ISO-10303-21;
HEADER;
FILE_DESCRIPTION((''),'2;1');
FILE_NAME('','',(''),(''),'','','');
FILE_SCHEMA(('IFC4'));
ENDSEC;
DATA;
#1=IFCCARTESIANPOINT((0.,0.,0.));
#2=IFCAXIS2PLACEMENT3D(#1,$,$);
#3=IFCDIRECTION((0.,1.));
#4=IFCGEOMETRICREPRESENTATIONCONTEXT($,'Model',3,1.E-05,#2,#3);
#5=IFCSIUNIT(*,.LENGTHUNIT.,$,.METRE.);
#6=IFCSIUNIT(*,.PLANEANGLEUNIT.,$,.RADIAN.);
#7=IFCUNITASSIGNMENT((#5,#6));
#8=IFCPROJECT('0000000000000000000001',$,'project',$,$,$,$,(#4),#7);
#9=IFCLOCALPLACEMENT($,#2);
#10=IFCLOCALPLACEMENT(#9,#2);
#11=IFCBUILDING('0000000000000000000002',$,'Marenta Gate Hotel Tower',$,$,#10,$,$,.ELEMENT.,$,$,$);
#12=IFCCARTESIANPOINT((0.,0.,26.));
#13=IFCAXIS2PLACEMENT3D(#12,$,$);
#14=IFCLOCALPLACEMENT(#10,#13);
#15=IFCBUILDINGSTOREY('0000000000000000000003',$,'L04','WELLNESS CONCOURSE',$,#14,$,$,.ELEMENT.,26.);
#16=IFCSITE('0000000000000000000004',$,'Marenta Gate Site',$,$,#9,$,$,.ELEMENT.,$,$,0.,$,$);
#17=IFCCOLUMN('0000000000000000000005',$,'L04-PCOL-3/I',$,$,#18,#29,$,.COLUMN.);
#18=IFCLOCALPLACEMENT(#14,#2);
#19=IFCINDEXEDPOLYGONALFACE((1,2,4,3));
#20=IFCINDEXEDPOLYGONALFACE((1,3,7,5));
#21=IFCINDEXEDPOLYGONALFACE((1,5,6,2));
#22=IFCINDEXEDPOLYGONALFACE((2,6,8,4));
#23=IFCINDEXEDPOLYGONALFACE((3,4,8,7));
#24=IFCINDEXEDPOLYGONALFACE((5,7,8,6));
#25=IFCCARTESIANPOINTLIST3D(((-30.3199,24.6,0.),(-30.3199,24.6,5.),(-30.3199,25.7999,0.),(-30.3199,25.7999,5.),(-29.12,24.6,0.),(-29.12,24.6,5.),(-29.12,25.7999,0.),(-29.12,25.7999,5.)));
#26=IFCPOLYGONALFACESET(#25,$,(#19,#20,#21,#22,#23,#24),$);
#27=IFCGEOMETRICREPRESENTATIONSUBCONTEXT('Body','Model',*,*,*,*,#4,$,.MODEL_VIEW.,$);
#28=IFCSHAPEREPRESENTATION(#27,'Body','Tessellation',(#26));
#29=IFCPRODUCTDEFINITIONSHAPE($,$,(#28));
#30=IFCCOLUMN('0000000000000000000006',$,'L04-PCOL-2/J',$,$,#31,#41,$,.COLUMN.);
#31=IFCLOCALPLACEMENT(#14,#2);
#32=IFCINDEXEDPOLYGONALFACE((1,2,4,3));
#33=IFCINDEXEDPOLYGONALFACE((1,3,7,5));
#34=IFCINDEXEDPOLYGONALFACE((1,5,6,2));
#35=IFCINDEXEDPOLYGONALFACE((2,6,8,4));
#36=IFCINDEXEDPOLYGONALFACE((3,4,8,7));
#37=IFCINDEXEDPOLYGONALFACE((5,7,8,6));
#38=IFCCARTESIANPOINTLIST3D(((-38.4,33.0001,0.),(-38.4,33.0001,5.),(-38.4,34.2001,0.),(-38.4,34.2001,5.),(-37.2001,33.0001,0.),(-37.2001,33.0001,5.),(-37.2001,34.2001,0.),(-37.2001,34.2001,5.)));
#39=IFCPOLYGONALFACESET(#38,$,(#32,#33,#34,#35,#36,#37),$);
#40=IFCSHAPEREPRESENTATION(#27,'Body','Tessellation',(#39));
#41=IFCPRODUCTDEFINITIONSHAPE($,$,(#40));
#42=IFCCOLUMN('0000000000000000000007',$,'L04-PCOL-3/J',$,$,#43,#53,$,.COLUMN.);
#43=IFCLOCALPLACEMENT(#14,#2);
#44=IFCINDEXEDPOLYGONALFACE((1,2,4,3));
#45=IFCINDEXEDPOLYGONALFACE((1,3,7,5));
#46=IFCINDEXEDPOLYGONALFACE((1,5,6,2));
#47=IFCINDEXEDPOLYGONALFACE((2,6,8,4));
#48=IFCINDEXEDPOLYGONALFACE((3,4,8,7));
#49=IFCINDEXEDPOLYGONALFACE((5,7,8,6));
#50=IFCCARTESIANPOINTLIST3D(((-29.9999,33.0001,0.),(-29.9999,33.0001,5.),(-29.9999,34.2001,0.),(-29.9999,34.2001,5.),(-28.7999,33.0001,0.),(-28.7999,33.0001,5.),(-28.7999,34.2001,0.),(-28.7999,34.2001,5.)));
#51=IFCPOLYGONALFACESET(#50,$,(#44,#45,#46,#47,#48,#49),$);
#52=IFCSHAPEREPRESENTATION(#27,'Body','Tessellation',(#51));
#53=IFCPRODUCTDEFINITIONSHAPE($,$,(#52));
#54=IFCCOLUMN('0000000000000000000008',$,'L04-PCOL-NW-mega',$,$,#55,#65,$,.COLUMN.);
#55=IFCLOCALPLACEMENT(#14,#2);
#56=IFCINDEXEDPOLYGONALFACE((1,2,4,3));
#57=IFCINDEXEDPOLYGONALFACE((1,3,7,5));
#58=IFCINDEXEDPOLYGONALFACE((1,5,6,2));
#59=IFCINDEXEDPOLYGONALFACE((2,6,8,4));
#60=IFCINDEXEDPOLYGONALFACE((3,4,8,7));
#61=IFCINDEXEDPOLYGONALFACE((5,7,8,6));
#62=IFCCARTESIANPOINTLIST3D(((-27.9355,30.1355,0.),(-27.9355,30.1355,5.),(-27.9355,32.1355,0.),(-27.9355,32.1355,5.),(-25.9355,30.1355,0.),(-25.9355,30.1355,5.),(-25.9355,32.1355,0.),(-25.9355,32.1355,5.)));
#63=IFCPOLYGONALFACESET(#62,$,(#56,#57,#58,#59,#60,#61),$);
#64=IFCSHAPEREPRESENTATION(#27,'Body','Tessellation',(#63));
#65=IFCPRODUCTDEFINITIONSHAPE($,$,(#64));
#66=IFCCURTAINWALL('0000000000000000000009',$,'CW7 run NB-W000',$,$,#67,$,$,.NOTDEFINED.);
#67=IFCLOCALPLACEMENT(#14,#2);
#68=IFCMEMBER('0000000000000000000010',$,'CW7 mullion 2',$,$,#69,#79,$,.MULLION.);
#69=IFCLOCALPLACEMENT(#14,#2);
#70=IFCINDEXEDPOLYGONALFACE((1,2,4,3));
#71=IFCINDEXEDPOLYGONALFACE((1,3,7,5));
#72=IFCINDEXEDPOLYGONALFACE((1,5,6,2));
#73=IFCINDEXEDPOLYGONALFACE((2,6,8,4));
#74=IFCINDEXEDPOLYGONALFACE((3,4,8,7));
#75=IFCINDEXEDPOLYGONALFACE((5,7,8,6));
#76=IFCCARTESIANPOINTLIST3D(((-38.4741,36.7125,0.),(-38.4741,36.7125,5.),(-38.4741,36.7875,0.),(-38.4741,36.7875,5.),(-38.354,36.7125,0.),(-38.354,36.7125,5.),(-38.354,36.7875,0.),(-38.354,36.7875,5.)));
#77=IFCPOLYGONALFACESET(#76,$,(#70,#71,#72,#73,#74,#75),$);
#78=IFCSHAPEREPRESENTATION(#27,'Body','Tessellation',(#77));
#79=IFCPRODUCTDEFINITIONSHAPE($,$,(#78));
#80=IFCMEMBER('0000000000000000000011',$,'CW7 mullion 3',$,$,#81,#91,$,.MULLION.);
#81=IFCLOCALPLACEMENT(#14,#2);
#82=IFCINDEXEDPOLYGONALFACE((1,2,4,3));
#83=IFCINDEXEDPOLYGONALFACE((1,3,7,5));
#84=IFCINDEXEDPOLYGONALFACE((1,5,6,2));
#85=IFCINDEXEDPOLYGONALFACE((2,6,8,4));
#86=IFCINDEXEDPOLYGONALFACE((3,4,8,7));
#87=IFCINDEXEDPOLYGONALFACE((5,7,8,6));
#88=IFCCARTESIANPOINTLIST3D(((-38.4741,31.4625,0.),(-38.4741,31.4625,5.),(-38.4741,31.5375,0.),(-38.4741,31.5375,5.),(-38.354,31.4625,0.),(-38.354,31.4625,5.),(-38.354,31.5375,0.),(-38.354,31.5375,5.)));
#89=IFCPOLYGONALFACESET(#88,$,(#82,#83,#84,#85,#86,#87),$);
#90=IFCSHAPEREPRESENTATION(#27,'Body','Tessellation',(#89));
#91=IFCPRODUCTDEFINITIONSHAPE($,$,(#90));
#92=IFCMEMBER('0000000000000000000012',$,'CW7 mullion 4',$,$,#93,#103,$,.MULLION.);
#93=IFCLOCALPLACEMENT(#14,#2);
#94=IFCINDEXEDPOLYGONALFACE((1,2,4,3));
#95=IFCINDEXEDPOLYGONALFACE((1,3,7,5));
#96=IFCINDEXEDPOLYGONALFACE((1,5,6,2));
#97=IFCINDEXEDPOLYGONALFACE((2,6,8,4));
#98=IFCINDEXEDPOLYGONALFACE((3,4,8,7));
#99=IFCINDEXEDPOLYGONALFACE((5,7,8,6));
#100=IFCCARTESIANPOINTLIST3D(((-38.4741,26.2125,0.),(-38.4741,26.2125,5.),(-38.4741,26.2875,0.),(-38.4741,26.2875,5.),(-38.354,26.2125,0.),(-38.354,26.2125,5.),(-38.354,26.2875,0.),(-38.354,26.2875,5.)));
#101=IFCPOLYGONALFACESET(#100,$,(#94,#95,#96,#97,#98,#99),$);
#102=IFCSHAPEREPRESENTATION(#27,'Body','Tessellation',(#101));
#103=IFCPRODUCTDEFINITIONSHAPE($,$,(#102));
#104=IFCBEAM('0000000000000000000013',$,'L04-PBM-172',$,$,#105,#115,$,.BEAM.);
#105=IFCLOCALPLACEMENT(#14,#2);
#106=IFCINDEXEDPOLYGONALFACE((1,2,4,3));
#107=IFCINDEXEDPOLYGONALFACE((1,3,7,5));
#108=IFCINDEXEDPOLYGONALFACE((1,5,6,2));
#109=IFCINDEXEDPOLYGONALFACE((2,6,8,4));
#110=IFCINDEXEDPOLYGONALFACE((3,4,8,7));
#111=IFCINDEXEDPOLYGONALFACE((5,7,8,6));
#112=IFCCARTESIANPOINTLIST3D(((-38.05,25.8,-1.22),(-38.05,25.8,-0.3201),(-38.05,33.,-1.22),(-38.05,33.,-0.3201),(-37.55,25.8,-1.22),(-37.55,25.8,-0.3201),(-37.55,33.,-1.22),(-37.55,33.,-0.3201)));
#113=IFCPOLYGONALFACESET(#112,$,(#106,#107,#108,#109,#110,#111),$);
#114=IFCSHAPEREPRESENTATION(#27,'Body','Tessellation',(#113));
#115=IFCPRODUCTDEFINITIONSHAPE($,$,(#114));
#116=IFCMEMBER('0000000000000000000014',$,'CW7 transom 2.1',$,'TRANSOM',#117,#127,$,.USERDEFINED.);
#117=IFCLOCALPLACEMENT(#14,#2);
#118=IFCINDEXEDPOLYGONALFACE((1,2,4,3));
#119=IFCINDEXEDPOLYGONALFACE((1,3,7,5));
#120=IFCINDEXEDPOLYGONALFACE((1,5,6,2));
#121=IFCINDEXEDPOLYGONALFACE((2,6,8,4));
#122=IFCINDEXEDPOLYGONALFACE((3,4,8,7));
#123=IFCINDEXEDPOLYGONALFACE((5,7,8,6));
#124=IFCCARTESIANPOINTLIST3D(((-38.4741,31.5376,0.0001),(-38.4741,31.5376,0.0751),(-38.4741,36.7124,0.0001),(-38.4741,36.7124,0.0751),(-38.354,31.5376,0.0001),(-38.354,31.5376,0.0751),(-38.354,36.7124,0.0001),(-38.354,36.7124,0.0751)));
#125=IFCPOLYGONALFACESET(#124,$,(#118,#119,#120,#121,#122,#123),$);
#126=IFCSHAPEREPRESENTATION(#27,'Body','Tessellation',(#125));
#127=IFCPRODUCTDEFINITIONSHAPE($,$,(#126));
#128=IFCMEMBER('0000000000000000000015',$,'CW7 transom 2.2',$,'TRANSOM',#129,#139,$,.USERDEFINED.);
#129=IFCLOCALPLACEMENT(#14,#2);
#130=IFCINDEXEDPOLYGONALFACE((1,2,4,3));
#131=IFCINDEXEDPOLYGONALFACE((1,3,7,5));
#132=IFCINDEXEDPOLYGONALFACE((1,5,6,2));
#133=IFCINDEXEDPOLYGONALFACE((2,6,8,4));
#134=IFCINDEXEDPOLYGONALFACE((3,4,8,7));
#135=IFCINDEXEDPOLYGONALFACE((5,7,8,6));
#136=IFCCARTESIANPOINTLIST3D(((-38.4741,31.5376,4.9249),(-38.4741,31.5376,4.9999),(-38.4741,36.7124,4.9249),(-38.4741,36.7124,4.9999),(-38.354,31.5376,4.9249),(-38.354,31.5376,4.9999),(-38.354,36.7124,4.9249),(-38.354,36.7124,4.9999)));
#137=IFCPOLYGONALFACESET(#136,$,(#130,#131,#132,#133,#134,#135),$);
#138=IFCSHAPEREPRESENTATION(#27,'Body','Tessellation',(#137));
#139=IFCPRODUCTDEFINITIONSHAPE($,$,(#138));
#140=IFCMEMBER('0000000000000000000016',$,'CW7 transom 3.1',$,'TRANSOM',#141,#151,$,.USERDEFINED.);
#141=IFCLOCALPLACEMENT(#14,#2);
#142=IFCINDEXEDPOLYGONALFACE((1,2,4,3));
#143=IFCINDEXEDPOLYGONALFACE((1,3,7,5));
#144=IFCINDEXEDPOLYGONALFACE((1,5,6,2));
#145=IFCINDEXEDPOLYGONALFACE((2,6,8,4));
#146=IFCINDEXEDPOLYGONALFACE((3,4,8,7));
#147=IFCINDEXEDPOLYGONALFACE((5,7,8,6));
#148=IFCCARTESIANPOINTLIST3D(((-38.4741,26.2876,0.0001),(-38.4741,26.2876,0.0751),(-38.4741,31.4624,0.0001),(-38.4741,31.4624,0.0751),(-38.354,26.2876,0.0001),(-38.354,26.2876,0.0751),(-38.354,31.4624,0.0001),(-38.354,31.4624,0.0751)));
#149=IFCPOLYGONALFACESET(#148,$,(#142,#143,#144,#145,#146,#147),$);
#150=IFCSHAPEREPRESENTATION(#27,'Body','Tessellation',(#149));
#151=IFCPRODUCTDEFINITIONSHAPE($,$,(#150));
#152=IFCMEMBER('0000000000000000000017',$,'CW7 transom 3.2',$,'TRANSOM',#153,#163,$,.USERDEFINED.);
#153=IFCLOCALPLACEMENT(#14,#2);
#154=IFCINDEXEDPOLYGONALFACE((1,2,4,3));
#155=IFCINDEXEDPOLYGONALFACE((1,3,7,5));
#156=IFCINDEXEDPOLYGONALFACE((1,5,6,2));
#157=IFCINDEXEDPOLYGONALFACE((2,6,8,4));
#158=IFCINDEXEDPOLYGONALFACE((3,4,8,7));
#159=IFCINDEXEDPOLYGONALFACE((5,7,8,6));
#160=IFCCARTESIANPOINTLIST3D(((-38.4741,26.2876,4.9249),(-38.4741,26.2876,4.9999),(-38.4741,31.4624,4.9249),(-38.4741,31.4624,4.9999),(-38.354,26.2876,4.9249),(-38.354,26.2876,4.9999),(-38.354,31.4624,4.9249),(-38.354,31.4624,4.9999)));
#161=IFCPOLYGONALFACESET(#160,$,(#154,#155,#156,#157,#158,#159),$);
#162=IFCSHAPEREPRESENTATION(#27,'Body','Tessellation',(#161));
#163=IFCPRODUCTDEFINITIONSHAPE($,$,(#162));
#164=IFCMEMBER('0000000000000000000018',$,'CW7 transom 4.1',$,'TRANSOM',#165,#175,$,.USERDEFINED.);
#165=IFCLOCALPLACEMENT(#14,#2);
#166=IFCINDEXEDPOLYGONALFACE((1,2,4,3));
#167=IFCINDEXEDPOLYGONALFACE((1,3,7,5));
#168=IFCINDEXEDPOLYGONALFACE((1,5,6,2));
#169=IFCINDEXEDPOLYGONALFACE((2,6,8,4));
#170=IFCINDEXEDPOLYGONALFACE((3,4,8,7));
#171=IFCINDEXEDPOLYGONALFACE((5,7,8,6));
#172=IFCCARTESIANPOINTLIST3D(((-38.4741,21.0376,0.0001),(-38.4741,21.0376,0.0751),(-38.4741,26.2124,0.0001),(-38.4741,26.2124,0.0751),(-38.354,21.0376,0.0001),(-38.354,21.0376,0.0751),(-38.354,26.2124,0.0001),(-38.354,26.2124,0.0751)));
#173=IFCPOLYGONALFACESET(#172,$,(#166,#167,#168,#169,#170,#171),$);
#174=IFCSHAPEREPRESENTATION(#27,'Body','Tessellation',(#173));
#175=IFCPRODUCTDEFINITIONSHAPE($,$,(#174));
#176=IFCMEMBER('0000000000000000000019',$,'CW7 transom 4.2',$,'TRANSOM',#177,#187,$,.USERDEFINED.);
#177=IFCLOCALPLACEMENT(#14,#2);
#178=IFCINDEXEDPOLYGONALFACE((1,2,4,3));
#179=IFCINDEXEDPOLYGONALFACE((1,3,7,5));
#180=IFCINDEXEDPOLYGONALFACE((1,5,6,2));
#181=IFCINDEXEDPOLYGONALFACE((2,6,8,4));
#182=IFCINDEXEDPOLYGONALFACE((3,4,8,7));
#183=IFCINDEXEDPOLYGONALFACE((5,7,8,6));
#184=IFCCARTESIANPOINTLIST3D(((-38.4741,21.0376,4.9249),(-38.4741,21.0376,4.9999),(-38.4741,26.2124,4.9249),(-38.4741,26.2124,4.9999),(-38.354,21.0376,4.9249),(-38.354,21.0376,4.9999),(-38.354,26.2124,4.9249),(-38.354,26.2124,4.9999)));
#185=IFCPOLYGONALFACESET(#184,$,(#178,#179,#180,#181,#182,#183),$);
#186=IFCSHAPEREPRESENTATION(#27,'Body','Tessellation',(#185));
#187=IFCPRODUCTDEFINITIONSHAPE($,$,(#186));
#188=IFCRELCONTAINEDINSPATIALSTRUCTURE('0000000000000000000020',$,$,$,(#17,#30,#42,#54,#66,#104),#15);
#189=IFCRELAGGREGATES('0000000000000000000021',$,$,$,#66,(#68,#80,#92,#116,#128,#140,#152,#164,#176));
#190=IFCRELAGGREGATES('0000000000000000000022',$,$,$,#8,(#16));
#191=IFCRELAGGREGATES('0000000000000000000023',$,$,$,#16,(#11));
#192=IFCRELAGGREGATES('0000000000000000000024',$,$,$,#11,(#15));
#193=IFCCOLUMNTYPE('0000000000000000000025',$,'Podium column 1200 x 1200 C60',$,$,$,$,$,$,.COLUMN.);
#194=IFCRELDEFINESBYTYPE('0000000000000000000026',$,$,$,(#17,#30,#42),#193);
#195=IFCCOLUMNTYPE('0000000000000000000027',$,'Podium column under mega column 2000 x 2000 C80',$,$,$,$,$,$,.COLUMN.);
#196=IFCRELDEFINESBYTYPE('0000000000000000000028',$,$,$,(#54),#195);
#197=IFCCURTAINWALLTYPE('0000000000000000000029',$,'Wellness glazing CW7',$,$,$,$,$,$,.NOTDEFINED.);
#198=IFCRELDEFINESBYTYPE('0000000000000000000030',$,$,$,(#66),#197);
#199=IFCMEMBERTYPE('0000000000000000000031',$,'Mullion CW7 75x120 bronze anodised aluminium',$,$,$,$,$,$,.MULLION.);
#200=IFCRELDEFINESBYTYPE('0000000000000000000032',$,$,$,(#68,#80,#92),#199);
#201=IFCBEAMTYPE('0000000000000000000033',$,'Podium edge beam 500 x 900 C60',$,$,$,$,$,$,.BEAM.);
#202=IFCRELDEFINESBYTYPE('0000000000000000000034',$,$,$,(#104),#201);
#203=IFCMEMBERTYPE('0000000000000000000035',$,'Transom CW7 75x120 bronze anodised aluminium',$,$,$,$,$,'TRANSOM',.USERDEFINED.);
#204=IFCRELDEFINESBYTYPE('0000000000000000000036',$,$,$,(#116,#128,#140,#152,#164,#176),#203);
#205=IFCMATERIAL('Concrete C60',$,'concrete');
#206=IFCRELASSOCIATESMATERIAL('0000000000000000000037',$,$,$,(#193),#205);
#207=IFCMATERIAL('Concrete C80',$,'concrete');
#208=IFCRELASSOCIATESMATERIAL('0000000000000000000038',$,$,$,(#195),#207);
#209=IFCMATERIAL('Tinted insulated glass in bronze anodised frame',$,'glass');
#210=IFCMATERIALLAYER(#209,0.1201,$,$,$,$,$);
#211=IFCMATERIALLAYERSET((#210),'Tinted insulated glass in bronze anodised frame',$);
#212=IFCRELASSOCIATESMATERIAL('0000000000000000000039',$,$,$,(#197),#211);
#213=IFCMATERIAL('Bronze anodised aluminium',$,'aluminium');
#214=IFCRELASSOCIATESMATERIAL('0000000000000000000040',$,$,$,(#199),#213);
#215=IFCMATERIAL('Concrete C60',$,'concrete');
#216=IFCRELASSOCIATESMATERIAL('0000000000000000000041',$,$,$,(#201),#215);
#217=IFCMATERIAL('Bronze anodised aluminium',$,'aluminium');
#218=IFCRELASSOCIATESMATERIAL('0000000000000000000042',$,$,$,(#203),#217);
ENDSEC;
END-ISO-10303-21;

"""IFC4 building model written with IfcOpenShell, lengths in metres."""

from ifc_helpers import new_model, si_unit, direction, frame, origin, origin_2d, place, context, subcontext, project, spatial, rectangle, extrude, material, layer, layer_set, material_profile, profile_set, type_object, element, aggregate, save


model = new_model("IFC4")

# Units and contexts
model_context = context("Model", 3, precision=1e-05, world=origin(), true_north=direction((0.0, 1.0)))
body_context = subcontext(model_context, "Body", "Model", "MODEL_VIEW")
ifc_project = project(units=[si_unit("LENGTHUNIT", "METRE"), si_unit("PLANEANGLEUNIT", "RADIAN")], contexts=[model_context])

# Site, building, storey
site_placement = place(None, origin())
site = spatial("IfcSite", under=ifc_project, at=site_placement, Name="Marenta Gate Site", CompositionType="ELEMENT", RefElevation=0.0)
building_placement = place(site_placement, origin())
building = spatial("IfcBuilding", under=site, at=building_placement, Name="Marenta Gate Hotel Tower", CompositionType="ELEMENT")
storey_placement = place(building_placement, frame((0.0, 0.0, 26.0)))
storey = spatial("IfcBuildingStorey", under=building, at=storey_placement, Name="L04", Description="WELLNESS CONCOURSE", CompositionType="ELEMENT", Elevation=26.0)

# Columns
ifc_material_1 = material(Name="Concrete C60", Category="concrete")
ifc_material_profile_1 = material_profile(ifc_material_1, rectangle(XDim=1.2, YDim=1.2, at=origin_2d()), Name="1200 x 1200")
ifc_profile_set_1 = profile_set([ifc_material_profile_1], Name="Concrete C60")
column_type_1 = type_object("IfcColumnType", Name="Podium column 1200 x 1200 C60", PredefinedType="COLUMN", material=ifc_profile_set_1)
for number, where, z_axis, x_axis, name in (
    (1, (-29.72, 25.2, 0.0), (0.0, 0.0, 1.0), (1.0, 0.0, 0.0), "L04-PCOL-3/I"),
    (2, (-37.8, 33.6001, 0.0), (0.0, 0.0, 1.0), (1.0, 0.0, 0.0), "L04-PCOL-2/J"),
    (3, (-29.3999, 33.6001, 0.0), (0.0, 0.0, 1.0), (1.0, 0.0, 0.0), "L04-PCOL-3/J"),
):
    element("IfcColumn", number, at=place(storey_placement, frame(where, z_axis=z_axis, x_axis=x_axis)), inside=storey, type_object=column_type_1, Name=name, PredefinedType="COLUMN", context=body_context, shape_type="SweptSolid", body=[
        extrude(rectangle(XDim=1.2, YDim=1.2, at=origin_2d()), origin(), (0.0, 0.0, 1.0), 5.0),
    ])
ifc_material_2 = material(Name="Concrete C80", Category="concrete")
ifc_material_profile_2 = material_profile(ifc_material_2, rectangle(XDim=2.0, YDim=2.0, at=origin_2d()), Name="2000 x 2000")
ifc_profile_set_2 = profile_set([ifc_material_profile_2], Name="Concrete C80")
column_type_2 = type_object("IfcColumnType", Name="Podium column under mega column 2000 x 2000 C80", PredefinedType="COLUMN", material=ifc_profile_set_2)
column_placement = place(storey_placement, frame((-26.9355, 31.1355, 0.0), z_axis=(0.0, 0.0, 1.0), x_axis=(1.0, 0.0, 0.0)))
element("IfcColumn", 4, at=column_placement, inside=storey, type_object=column_type_2, Name="L04-PCOL-NW-mega", PredefinedType="COLUMN", context=body_context, shape_type="SweptSolid", body=[
    extrude(rectangle(XDim=2.0, YDim=2.0, at=origin_2d()), origin(), (0.0, 0.0, 1.0), 5.0),
])

# Curtain wall, members
ifc_material_3 = material(Name="Tinted insulated glass in bronze anodised frame", Category="glass")
ifc_layer_1 = layer(ifc_material_3, 0.1201)
ifc_layer_set_1 = layer_set([ifc_layer_1], Name="Tinted insulated glass in bronze anodised frame")
curtain_wall_type = type_object("IfcCurtainWallType", Name="Wellness glazing CW7", PredefinedType="NOTDEFINED", material=ifc_layer_set_1)
curtain_wall_placement = place(storey_placement, origin())
curtain_wall = element("IfcCurtainWall", 5, at=curtain_wall_placement, inside=storey, type_object=curtain_wall_type, Name="CW7 run NB-W000", PredefinedType="NOTDEFINED")
ifc_material_4 = material(Name="Bronze anodised aluminium", Category="aluminium")
ifc_material_profile_3 = material_profile(ifc_material_4, rectangle(XDim=0.1201, YDim=0.075, at=origin_2d()), Name="Mullion CW7 75x120 bronze anodised aluminium")
ifc_profile_set_3 = profile_set([ifc_material_profile_3], Name="Bronze anodised aluminium")
member_type_1 = type_object("IfcMemberType", Name="Mullion CW7 75x120 bronze anodised aluminium", PredefinedType="MULLION", material=ifc_profile_set_3)
member_1_placement = place(storey_placement, frame((-38.4141, 36.75, 0.0), z_axis=(0.0, 0.0, 1.0), x_axis=(1.0, 0.0, 0.0)))
member_1 = element("IfcMember", 6, at=member_1_placement, type_object=member_type_1, Name="CW7 mullion 2", PredefinedType="MULLION", context=body_context, shape_type="SweptSolid", body=[
    extrude(rectangle(XDim=0.1201, YDim=0.075, at=origin_2d()), origin(), (0.0, 0.0, 1.0), 5.0),
])
member_2_placement = place(storey_placement, frame((-38.4141, 31.5, 0.0), z_axis=(0.0, 0.0, 1.0), x_axis=(1.0, 0.0, 0.0)))
member_2 = element("IfcMember", 7, at=member_2_placement, type_object=member_type_1, Name="CW7 mullion 3", PredefinedType="MULLION", context=body_context, shape_type="SweptSolid", body=[
    extrude(rectangle(XDim=0.1201, YDim=0.075, at=origin_2d()), origin(), (0.0, 0.0, 1.0), 5.0),
])
member_3_placement = place(storey_placement, frame((-38.4141, 26.25, 0.0), z_axis=(0.0, 0.0, 1.0), x_axis=(1.0, 0.0, 0.0)))
member_3 = element("IfcMember", 8, at=member_3_placement, type_object=member_type_1, Name="CW7 mullion 4", PredefinedType="MULLION", context=body_context, shape_type="SweptSolid", body=[
    extrude(rectangle(XDim=0.1201, YDim=0.075, at=origin_2d()), origin(), (0.0, 0.0, 1.0), 5.0),
])

# Beam
ifc_material_5 = material(Name="Concrete C60", Category="concrete")
ifc_material_profile_4 = material_profile(ifc_material_5, rectangle(XDim=0.5, YDim=0.8999, at=origin_2d()), Name="500 x 900")
ifc_profile_set_4 = profile_set([ifc_material_profile_4], Name="Concrete C60")
beam_type = type_object("IfcBeamType", Name="Podium edge beam 500 x 900 C60", PredefinedType="BEAM", material=ifc_profile_set_4)
beam_placement = place(storey_placement, frame((-37.8, 33.0, -0.77), z_axis=(0.0, -1.0, 0.0), x_axis=(1.0, 0.0, 0.0)))
element("IfcBeam", 9, at=beam_placement, inside=storey, type_object=beam_type, Name="L04-PBM-172", PredefinedType="BEAM", context=body_context, shape_type="SweptSolid", body=[
    extrude(rectangle(XDim=0.5, YDim=0.8999, at=origin_2d()), origin(), (0.0, 0.0, 1.0), 7.2),
])

# Members
ifc_material_6 = material(Name="Bronze anodised aluminium", Category="aluminium")
ifc_material_profile_5 = material_profile(ifc_material_6, rectangle(XDim=0.1201, YDim=0.075, at=origin_2d()), Name="Transom CW7 75x120 bronze anodised aluminium")
ifc_profile_set_5 = profile_set([ifc_material_profile_5], Name="Bronze anodised aluminium")
member_type_2 = type_object("IfcMemberType", Name="Transom CW7 75x120 bronze anodised aluminium", ElementType="TRANSOM", PredefinedType="USERDEFINED", material=ifc_profile_set_5)
member_4_placement = place(storey_placement, frame((-38.4141, 36.7124, 0.0376), z_axis=(0.0, -1.0, 0.0), x_axis=(1.0, 0.0, 0.0)))
member_4 = element("IfcMember", 10, at=member_4_placement, type_object=member_type_2, Name="CW7 transom 2.1", ObjectType="TRANSOM", PredefinedType="USERDEFINED", context=body_context, shape_type="SweptSolid", body=[
    extrude(rectangle(XDim=0.1201, YDim=0.075, at=origin_2d()), origin(), (0.0, 0.0, 1.0), 5.1748),
])
member_5_placement = place(storey_placement, frame((-38.4141, 36.7124, 4.9624), z_axis=(0.0, -1.0, 0.0), x_axis=(1.0, 0.0, 0.0)))
member_5 = element("IfcMember", 11, at=member_5_placement, type_object=member_type_2, Name="CW7 transom 2.2", ObjectType="TRANSOM", PredefinedType="USERDEFINED", context=body_context, shape_type="SweptSolid", body=[
    extrude(rectangle(XDim=0.1201, YDim=0.075, at=origin_2d()), origin(), (0.0, 0.0, 1.0), 5.1748),
])
member_6_placement = place(storey_placement, frame((-38.4141, 31.4624, 0.0376), z_axis=(0.0, -1.0, 0.0), x_axis=(1.0, 0.0, 0.0)))
member_6 = element("IfcMember", 12, at=member_6_placement, type_object=member_type_2, Name="CW7 transom 3.1", ObjectType="TRANSOM", PredefinedType="USERDEFINED", context=body_context, shape_type="SweptSolid", body=[
    extrude(rectangle(XDim=0.1201, YDim=0.075, at=origin_2d()), origin(), (0.0, 0.0, 1.0), 5.1748),
])
member_7_placement = place(storey_placement, frame((-38.4141, 31.4624, 4.9624), z_axis=(0.0, -1.0, 0.0), x_axis=(1.0, 0.0, 0.0)))
member_7 = element("IfcMember", 13, at=member_7_placement, type_object=member_type_2, Name="CW7 transom 3.2", ObjectType="TRANSOM", PredefinedType="USERDEFINED", context=body_context, shape_type="SweptSolid", body=[
    extrude(rectangle(XDim=0.1201, YDim=0.075, at=origin_2d()), origin(), (0.0, 0.0, 1.0), 5.1748),
])
member_8_placement = place(storey_placement, frame((-38.4141, 26.2124, 0.0376), z_axis=(0.0, -1.0, 0.0), x_axis=(1.0, 0.0, 0.0)))
member_8 = element("IfcMember", 14, at=member_8_placement, type_object=member_type_2, Name="CW7 transom 4.1", ObjectType="TRANSOM", PredefinedType="USERDEFINED", context=body_context, shape_type="SweptSolid", body=[
    extrude(rectangle(XDim=0.1201, YDim=0.075, at=origin_2d()), origin(), (0.0, 0.0, 1.0), 5.1748),
])
member_9_placement = place(storey_placement, frame((-38.4141, 26.2124, 4.9624), z_axis=(0.0, -1.0, 0.0), x_axis=(1.0, 0.0, 0.0)))
member_9 = element("IfcMember", 15, at=member_9_placement, type_object=member_type_2, Name="CW7 transom 4.2", ObjectType="TRANSOM", PredefinedType="USERDEFINED", context=body_context, shape_type="SweptSolid", body=[
    extrude(rectangle(XDim=0.1201, YDim=0.075, at=origin_2d()), origin(), (0.0, 0.0, 1.0), 5.1748),
])

aggregate(curtain_wall, [member_1, member_2, member_3, member_4, member_5, member_6, member_7, member_8, member_9])

save(model, "model.ifc")
